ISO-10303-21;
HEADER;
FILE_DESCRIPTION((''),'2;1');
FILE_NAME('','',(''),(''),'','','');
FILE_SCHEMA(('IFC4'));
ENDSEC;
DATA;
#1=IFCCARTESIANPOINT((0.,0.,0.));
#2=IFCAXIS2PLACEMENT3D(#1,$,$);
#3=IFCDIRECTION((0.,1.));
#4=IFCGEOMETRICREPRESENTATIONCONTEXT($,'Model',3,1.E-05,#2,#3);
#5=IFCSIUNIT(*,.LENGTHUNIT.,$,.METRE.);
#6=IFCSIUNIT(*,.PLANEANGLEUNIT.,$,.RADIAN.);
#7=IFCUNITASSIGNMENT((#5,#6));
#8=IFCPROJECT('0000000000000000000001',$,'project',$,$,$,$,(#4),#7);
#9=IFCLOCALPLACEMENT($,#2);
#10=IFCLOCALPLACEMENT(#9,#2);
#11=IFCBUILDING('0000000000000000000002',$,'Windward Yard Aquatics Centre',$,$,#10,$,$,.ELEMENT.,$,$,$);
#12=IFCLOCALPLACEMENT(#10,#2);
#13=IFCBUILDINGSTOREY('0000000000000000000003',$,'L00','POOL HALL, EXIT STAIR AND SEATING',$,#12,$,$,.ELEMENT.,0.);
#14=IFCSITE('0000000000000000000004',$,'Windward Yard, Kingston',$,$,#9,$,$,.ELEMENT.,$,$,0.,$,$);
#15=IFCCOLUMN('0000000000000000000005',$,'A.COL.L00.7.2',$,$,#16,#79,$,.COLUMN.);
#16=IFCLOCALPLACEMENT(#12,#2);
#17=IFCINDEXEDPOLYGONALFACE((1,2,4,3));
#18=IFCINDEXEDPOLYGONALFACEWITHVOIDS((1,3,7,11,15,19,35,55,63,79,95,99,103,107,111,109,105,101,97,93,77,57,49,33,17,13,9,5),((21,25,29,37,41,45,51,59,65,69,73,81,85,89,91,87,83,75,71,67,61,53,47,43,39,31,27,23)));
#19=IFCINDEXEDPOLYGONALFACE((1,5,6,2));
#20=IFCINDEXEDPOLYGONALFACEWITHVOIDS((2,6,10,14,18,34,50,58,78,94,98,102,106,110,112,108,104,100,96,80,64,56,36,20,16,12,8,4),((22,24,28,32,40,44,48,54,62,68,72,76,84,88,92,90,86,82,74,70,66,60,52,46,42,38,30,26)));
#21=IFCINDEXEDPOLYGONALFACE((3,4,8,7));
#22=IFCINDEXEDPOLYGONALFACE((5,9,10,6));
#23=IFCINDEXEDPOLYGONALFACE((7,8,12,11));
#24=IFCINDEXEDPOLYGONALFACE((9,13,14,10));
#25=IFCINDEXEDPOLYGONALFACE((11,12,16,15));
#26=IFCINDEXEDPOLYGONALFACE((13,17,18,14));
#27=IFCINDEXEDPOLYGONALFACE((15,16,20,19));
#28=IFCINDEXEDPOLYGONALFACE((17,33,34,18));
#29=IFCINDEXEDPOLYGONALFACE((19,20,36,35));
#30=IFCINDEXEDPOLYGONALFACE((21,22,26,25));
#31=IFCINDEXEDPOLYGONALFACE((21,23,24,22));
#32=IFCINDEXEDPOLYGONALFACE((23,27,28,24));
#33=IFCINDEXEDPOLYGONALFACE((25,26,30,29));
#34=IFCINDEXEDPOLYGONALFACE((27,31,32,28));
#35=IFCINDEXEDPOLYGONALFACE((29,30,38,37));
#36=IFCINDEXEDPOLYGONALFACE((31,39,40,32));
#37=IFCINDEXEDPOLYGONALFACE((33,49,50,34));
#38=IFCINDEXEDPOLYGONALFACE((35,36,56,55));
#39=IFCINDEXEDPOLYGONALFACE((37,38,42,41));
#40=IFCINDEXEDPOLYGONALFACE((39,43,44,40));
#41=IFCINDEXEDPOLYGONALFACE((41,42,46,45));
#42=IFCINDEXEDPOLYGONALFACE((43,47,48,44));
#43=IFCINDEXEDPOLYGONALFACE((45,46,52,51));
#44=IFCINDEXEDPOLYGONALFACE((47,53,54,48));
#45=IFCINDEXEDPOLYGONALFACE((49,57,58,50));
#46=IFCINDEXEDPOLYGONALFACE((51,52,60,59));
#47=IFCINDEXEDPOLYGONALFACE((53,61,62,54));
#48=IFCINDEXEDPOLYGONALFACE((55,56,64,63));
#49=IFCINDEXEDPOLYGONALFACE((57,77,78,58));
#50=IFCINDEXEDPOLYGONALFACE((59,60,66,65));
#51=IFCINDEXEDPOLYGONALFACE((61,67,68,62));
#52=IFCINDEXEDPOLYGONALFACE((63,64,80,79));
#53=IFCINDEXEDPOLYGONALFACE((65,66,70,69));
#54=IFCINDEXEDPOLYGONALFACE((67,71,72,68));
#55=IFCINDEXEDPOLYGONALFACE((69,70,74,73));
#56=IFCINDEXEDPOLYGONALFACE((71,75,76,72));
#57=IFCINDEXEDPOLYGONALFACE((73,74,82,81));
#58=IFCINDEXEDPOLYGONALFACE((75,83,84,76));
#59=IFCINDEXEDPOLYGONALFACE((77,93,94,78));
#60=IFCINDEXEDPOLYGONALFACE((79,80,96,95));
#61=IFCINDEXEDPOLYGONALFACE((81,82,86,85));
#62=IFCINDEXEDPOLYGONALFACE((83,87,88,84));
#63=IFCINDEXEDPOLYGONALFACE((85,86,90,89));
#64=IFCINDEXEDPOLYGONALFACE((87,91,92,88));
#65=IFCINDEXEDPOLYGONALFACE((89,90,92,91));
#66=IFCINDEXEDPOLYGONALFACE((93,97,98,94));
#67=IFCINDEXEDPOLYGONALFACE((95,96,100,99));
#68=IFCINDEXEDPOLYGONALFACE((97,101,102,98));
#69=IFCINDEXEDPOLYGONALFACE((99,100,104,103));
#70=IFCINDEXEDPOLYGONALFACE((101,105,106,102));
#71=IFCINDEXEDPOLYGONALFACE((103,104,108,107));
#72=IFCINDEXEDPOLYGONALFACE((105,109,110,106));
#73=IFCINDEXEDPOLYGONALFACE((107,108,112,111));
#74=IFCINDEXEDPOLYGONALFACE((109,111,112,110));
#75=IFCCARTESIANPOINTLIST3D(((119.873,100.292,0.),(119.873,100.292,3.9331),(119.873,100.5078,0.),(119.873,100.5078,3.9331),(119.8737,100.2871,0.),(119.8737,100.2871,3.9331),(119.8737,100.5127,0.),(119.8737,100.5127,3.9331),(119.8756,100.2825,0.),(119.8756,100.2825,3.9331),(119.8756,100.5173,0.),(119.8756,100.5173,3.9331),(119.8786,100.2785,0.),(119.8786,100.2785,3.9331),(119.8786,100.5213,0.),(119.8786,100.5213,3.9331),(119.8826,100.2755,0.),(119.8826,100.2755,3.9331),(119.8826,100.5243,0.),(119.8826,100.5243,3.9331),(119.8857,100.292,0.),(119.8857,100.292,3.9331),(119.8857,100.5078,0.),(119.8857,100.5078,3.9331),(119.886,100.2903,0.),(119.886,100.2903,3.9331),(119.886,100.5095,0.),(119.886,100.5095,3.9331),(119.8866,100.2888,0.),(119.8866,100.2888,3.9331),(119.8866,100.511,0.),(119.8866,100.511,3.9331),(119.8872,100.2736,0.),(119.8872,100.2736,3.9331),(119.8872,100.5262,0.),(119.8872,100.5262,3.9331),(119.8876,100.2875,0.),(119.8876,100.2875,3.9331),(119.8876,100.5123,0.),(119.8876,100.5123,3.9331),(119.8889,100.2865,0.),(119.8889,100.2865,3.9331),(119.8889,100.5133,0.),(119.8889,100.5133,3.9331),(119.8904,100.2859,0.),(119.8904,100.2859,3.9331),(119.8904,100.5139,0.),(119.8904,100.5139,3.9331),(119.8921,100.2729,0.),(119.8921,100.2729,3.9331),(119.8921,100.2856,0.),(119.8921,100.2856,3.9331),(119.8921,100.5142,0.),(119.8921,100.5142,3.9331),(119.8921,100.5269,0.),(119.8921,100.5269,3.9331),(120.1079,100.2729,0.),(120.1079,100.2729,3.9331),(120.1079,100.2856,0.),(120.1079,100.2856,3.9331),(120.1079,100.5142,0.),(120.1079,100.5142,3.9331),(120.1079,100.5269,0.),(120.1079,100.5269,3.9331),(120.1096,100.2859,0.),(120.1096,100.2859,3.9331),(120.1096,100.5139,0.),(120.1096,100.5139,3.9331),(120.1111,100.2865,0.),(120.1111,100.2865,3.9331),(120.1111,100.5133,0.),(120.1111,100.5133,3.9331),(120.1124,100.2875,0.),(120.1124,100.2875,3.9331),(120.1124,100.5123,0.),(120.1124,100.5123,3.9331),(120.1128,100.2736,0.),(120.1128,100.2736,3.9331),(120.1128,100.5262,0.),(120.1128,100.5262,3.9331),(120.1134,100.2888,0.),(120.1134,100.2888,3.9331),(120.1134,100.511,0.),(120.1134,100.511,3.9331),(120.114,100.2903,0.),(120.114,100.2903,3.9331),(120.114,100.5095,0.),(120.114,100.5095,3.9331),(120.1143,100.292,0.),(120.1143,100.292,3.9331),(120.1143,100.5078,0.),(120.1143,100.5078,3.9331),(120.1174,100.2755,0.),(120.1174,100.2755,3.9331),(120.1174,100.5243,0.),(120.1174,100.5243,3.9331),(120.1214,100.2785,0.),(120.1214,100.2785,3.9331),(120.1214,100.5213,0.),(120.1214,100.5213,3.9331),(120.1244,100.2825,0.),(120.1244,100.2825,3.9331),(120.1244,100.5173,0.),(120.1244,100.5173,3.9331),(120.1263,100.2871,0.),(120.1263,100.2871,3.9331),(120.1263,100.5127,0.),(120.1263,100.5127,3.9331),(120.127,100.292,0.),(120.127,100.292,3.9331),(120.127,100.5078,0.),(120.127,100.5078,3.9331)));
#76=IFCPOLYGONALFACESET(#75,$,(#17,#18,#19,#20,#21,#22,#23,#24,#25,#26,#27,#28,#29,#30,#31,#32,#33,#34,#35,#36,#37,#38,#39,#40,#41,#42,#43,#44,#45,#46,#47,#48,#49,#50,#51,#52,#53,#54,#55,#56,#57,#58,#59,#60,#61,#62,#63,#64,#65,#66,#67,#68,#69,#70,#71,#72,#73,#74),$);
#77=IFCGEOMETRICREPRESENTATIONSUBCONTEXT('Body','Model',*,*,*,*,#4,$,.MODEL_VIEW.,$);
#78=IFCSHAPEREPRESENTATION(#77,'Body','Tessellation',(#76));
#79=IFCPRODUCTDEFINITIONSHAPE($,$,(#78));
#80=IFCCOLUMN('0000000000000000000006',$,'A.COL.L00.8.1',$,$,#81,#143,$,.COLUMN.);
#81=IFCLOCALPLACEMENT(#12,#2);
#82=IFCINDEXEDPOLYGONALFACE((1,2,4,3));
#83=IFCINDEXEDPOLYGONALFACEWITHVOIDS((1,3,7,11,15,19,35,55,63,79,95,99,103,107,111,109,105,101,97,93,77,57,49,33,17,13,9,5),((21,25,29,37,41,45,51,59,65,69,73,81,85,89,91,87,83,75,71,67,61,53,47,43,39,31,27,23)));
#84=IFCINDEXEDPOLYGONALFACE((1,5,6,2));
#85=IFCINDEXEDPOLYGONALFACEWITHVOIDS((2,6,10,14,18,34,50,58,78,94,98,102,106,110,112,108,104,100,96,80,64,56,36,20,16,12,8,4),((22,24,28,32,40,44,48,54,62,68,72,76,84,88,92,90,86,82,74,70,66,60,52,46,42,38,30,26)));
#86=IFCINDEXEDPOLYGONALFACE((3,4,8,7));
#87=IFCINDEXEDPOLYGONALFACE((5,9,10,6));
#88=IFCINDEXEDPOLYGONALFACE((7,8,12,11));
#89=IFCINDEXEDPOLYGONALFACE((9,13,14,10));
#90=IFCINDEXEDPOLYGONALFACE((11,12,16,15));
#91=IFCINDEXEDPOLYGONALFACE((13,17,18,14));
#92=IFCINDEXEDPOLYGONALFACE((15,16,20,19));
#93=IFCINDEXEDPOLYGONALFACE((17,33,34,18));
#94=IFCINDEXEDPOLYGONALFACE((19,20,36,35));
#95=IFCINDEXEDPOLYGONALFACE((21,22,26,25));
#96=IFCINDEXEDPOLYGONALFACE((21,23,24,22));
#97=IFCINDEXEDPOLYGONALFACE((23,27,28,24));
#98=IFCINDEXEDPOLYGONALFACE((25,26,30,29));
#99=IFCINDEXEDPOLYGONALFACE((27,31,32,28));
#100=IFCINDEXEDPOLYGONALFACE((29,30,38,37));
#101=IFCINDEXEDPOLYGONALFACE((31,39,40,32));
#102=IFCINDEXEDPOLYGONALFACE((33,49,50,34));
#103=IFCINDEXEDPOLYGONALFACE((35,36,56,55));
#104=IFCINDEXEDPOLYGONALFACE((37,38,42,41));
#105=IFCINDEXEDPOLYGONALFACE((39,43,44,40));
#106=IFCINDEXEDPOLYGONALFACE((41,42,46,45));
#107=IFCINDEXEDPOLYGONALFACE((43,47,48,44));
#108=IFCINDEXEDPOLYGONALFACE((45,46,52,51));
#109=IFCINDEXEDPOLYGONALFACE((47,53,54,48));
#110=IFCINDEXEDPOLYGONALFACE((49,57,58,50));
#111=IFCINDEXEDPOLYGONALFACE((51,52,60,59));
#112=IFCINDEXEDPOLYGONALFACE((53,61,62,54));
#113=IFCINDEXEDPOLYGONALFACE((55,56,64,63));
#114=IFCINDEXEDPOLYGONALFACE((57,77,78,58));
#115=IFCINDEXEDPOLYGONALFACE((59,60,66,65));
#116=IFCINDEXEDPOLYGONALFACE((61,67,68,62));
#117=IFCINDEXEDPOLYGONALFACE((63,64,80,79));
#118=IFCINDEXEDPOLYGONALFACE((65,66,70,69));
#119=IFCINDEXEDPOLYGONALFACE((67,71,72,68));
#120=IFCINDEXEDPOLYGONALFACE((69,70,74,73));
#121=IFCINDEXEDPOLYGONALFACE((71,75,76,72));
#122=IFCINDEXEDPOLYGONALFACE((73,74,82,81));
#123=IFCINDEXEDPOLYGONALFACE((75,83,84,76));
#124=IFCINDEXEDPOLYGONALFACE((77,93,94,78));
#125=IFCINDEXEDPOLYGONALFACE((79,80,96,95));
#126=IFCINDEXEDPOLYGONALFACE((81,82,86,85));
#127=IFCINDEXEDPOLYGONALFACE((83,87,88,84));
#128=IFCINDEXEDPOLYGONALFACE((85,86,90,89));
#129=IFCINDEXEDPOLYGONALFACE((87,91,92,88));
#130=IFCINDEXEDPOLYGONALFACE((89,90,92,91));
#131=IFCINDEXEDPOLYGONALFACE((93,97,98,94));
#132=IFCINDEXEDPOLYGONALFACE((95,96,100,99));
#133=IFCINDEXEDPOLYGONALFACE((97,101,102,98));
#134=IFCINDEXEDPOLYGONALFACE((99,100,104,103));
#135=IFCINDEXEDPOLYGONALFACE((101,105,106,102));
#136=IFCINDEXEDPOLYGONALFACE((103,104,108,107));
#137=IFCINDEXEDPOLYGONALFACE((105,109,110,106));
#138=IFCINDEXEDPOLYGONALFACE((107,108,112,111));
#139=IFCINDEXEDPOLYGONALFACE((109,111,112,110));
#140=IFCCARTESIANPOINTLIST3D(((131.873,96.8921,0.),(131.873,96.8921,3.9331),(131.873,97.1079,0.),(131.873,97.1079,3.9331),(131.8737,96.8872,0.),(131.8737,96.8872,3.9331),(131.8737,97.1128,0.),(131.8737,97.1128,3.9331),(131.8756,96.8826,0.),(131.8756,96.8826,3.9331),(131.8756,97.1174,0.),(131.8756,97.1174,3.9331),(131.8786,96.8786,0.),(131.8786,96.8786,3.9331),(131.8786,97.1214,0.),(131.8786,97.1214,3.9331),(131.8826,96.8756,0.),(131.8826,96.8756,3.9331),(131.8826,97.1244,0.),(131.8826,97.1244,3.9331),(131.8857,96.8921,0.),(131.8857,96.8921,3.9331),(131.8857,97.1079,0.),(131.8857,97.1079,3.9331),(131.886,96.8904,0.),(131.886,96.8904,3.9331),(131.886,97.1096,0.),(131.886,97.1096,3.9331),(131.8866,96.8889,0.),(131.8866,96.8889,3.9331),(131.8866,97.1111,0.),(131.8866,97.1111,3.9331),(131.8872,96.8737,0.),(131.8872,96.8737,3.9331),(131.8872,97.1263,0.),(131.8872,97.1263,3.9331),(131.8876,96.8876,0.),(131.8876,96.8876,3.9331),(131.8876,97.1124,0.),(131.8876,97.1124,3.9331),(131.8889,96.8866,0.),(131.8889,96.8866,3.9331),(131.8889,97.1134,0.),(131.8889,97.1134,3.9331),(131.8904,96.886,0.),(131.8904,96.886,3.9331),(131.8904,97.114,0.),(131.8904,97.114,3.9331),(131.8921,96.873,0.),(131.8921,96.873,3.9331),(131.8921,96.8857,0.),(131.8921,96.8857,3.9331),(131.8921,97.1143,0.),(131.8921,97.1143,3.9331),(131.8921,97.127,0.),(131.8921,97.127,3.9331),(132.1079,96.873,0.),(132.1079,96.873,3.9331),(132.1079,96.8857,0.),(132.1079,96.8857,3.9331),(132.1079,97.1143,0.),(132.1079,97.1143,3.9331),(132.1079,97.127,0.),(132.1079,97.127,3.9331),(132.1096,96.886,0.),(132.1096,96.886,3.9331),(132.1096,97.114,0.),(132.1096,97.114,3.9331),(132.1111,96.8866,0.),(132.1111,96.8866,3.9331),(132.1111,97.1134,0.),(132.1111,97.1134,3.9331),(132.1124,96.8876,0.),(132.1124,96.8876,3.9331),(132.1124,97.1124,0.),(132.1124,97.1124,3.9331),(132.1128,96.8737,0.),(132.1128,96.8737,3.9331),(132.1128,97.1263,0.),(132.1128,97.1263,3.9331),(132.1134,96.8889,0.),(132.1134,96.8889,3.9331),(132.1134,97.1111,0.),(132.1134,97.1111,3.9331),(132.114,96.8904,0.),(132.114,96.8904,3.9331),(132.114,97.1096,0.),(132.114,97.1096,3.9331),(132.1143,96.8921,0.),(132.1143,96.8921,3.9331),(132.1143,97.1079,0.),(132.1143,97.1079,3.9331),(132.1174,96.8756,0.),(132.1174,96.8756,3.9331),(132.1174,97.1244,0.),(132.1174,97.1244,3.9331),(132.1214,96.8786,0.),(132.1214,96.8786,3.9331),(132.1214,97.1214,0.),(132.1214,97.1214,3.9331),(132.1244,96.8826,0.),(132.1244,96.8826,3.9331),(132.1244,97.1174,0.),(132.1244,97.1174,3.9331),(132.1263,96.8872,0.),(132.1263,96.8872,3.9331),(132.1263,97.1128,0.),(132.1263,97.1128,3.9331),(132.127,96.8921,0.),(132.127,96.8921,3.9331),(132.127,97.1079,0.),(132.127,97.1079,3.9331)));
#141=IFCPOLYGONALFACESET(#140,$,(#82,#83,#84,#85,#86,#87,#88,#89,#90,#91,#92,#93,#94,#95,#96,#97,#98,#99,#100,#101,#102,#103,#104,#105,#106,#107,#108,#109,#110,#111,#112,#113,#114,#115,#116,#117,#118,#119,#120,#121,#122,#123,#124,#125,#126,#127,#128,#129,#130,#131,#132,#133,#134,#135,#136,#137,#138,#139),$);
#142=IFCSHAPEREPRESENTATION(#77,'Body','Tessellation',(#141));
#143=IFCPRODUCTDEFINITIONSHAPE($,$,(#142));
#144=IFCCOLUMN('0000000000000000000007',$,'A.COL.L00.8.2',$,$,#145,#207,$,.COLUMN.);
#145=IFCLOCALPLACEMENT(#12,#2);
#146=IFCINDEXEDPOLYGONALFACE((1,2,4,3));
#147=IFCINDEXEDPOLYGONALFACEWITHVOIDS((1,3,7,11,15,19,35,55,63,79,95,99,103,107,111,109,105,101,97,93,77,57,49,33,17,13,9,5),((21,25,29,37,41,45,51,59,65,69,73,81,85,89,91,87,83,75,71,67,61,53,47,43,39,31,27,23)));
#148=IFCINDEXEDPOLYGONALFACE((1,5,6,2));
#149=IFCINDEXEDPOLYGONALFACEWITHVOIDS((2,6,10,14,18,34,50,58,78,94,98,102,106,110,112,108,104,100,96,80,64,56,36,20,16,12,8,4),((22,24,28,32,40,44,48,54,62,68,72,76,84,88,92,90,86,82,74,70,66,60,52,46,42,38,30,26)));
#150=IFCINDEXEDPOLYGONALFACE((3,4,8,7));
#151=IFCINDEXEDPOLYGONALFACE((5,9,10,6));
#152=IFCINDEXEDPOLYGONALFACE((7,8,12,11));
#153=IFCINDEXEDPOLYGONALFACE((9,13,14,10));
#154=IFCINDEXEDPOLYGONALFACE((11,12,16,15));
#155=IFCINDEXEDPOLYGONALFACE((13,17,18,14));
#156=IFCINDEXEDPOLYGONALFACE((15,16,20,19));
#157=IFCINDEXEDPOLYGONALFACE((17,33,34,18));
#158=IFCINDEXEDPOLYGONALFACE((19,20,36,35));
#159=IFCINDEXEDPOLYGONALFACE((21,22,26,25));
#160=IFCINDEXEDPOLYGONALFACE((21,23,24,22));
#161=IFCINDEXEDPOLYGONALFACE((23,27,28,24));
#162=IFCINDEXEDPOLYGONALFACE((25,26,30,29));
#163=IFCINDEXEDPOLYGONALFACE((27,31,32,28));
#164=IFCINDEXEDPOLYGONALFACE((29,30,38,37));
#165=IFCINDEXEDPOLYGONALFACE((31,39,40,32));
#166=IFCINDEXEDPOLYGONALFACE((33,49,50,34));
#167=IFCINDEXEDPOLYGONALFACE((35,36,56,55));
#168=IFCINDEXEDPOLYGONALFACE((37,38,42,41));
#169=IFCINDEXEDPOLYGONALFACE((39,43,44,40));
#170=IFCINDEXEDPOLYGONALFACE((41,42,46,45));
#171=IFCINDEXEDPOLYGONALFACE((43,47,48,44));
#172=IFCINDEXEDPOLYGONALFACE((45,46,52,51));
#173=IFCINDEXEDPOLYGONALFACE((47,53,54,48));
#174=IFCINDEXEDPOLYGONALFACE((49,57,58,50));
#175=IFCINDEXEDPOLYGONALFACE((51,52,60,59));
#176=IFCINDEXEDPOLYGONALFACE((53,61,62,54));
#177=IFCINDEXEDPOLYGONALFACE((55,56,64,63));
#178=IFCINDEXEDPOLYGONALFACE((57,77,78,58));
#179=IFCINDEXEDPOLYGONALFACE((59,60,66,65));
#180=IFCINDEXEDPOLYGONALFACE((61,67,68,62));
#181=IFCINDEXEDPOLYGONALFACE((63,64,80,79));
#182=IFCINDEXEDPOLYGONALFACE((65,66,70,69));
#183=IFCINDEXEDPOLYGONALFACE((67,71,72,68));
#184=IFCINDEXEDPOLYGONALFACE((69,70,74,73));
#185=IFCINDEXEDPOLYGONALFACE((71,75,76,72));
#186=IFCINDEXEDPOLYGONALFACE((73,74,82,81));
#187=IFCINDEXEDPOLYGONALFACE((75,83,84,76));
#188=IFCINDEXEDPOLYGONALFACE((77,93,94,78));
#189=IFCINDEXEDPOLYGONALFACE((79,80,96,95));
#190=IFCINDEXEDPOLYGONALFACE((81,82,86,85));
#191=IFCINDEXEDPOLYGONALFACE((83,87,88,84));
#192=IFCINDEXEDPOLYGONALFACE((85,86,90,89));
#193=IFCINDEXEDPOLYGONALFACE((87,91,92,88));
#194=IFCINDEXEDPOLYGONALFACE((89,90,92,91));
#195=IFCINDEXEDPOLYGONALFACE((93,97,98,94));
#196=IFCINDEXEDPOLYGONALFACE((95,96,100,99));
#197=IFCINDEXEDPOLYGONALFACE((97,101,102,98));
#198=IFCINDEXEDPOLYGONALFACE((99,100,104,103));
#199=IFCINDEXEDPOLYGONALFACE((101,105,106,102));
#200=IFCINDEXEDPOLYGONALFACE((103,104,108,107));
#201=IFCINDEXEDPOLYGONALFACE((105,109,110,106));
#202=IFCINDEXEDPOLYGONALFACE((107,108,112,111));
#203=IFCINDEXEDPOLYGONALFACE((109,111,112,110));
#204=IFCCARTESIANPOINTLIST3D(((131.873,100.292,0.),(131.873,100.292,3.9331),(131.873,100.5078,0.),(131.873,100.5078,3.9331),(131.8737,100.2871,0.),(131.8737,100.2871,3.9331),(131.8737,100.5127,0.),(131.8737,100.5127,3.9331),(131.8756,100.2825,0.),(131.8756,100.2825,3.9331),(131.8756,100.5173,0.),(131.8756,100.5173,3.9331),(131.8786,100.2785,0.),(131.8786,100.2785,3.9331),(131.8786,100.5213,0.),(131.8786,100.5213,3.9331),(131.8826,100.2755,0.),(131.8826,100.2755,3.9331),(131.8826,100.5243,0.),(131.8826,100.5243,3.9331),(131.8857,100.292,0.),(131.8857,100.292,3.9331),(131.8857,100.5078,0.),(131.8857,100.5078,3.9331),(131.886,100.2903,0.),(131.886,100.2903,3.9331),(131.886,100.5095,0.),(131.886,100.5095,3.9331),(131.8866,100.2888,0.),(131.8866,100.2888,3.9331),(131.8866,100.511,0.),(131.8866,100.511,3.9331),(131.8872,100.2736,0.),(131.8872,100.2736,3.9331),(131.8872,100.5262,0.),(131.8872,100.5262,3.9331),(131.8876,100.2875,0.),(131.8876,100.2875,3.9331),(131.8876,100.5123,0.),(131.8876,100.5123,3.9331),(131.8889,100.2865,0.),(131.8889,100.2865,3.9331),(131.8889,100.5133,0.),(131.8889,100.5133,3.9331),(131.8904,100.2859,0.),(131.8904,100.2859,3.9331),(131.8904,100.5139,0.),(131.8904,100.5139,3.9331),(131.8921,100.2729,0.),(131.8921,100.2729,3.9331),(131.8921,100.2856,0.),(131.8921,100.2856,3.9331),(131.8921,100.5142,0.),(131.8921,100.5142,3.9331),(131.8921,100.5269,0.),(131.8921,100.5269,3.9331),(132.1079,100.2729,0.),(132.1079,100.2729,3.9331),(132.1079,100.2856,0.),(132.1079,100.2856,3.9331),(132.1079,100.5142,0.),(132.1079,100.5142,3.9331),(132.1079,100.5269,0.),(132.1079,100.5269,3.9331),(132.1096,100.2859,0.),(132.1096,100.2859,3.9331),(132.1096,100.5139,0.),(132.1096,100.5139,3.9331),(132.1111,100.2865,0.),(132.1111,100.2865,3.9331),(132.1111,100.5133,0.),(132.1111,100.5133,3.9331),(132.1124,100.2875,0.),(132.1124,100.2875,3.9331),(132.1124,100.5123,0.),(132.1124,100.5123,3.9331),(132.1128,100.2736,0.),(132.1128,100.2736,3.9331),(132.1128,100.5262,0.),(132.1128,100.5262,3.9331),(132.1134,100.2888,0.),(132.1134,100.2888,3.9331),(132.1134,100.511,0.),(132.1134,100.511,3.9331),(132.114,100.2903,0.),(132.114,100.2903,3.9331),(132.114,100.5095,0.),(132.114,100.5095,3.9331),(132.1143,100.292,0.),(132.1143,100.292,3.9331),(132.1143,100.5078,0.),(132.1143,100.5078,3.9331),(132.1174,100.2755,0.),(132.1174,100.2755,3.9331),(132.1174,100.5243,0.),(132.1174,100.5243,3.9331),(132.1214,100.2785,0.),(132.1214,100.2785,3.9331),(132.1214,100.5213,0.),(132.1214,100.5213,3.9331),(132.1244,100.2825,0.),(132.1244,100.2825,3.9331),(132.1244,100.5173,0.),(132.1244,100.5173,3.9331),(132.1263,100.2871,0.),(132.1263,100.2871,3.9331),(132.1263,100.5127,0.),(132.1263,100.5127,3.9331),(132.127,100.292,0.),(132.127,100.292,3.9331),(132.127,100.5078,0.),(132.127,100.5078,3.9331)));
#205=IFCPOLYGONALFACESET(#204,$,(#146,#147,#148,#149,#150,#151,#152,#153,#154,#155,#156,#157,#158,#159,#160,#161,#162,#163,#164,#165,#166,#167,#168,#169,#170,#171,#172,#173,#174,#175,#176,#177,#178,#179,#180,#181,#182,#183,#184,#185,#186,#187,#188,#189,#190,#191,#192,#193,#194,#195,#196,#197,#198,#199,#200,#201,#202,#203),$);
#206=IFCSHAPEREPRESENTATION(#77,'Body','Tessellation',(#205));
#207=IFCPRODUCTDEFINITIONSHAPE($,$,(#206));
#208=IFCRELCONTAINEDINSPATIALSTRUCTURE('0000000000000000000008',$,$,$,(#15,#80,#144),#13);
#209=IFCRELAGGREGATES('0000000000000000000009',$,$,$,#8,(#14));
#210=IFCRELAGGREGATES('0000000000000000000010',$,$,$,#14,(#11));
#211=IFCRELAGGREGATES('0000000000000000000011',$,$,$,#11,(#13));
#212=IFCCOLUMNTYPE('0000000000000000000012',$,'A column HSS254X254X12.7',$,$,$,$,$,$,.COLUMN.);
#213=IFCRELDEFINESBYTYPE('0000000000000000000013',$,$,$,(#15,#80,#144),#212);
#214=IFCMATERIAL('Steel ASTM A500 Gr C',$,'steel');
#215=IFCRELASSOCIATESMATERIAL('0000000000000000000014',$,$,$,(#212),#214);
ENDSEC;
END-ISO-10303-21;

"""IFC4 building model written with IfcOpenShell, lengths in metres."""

from ifc_helpers import new_model, si_unit, direction, frame, origin, origin_2d, place, context, subcontext, project, spatial, hollow_rectangle, extrude, material, material_profile, profile_set, type_object, element, save


model = new_model("IFC4")

# Units and contexts
model_context = context("Model", 3, precision=1e-05, world=origin(), true_north=direction((0.0, 1.0)))
body_context = subcontext(model_context, "Body", "Model", "MODEL_VIEW")
ifc_project = project(units=[si_unit("LENGTHUNIT", "METRE"), si_unit("PLANEANGLEUNIT", "RADIAN")], contexts=[model_context])

# Site, building, storey
site_placement = place(None, origin())
site = spatial("IfcSite", under=ifc_project, at=site_placement, Name="Windward Yard, Kingston", CompositionType="ELEMENT", RefElevation=0.0)
building_placement = place(site_placement, origin())
building = spatial("IfcBuilding", under=site, at=building_placement, Name="Windward Yard Aquatics Centre", CompositionType="ELEMENT")
storey_placement = place(building_placement, origin())
storey = spatial("IfcBuildingStorey", under=building, at=storey_placement, Name="L00", Description="POOL HALL, EXIT STAIR AND SEATING", CompositionType="ELEMENT", Elevation=0.0)

# Columns
ifc_material_1 = material(Name="Steel ASTM A500 Gr C", Category="steel")
ifc_material_profile_1 = material_profile(ifc_material_1, hollow_rectangle(XDim=0.2539, YDim=0.2539, WallThickness=0.0127, InnerFilletRadius=0.0063, OuterFilletRadius=0.019, at=origin_2d()), Name="HSS254X254X12.7")
ifc_profile_set_1 = profile_set([ifc_material_profile_1], Name="Steel ASTM A500 Gr C")
column_type = type_object("IfcColumnType", Name="A column HSS254X254X12.7", PredefinedType="COLUMN", material=ifc_profile_set_1)
for number, where, z_axis, x_axis, name in (
    (1, (120.0, 100.3999, 0.0), (0.0, 0.0, 1.0), (1.0, 0.0, 0.0), "A.COL.L00.7.2"),
    (2, (132.0, 97.0, 0.0), (0.0, 0.0, 1.0), (1.0, 0.0, 0.0), "A.COL.L00.8.1"),
    (3, (132.0, 100.3999, 0.0), (0.0, 0.0, 1.0), (1.0, 0.0, 0.0), "A.COL.L00.8.2"),
):
    element("IfcColumn", number, at=place(storey_placement, frame(where, z_axis=z_axis, x_axis=x_axis)), inside=storey, type_object=column_type, Name=name, PredefinedType="COLUMN", context=body_context, shape_type="SweptSolid", body=[
        extrude(hollow_rectangle(XDim=0.2539, YDim=0.2539, WallThickness=0.0127, InnerFilletRadius=0.0063, OuterFilletRadius=0.019, at=origin_2d()), origin(), (0.0, 0.0, 1.0), 3.9331),
    ])

save(model, "model.ifc")
